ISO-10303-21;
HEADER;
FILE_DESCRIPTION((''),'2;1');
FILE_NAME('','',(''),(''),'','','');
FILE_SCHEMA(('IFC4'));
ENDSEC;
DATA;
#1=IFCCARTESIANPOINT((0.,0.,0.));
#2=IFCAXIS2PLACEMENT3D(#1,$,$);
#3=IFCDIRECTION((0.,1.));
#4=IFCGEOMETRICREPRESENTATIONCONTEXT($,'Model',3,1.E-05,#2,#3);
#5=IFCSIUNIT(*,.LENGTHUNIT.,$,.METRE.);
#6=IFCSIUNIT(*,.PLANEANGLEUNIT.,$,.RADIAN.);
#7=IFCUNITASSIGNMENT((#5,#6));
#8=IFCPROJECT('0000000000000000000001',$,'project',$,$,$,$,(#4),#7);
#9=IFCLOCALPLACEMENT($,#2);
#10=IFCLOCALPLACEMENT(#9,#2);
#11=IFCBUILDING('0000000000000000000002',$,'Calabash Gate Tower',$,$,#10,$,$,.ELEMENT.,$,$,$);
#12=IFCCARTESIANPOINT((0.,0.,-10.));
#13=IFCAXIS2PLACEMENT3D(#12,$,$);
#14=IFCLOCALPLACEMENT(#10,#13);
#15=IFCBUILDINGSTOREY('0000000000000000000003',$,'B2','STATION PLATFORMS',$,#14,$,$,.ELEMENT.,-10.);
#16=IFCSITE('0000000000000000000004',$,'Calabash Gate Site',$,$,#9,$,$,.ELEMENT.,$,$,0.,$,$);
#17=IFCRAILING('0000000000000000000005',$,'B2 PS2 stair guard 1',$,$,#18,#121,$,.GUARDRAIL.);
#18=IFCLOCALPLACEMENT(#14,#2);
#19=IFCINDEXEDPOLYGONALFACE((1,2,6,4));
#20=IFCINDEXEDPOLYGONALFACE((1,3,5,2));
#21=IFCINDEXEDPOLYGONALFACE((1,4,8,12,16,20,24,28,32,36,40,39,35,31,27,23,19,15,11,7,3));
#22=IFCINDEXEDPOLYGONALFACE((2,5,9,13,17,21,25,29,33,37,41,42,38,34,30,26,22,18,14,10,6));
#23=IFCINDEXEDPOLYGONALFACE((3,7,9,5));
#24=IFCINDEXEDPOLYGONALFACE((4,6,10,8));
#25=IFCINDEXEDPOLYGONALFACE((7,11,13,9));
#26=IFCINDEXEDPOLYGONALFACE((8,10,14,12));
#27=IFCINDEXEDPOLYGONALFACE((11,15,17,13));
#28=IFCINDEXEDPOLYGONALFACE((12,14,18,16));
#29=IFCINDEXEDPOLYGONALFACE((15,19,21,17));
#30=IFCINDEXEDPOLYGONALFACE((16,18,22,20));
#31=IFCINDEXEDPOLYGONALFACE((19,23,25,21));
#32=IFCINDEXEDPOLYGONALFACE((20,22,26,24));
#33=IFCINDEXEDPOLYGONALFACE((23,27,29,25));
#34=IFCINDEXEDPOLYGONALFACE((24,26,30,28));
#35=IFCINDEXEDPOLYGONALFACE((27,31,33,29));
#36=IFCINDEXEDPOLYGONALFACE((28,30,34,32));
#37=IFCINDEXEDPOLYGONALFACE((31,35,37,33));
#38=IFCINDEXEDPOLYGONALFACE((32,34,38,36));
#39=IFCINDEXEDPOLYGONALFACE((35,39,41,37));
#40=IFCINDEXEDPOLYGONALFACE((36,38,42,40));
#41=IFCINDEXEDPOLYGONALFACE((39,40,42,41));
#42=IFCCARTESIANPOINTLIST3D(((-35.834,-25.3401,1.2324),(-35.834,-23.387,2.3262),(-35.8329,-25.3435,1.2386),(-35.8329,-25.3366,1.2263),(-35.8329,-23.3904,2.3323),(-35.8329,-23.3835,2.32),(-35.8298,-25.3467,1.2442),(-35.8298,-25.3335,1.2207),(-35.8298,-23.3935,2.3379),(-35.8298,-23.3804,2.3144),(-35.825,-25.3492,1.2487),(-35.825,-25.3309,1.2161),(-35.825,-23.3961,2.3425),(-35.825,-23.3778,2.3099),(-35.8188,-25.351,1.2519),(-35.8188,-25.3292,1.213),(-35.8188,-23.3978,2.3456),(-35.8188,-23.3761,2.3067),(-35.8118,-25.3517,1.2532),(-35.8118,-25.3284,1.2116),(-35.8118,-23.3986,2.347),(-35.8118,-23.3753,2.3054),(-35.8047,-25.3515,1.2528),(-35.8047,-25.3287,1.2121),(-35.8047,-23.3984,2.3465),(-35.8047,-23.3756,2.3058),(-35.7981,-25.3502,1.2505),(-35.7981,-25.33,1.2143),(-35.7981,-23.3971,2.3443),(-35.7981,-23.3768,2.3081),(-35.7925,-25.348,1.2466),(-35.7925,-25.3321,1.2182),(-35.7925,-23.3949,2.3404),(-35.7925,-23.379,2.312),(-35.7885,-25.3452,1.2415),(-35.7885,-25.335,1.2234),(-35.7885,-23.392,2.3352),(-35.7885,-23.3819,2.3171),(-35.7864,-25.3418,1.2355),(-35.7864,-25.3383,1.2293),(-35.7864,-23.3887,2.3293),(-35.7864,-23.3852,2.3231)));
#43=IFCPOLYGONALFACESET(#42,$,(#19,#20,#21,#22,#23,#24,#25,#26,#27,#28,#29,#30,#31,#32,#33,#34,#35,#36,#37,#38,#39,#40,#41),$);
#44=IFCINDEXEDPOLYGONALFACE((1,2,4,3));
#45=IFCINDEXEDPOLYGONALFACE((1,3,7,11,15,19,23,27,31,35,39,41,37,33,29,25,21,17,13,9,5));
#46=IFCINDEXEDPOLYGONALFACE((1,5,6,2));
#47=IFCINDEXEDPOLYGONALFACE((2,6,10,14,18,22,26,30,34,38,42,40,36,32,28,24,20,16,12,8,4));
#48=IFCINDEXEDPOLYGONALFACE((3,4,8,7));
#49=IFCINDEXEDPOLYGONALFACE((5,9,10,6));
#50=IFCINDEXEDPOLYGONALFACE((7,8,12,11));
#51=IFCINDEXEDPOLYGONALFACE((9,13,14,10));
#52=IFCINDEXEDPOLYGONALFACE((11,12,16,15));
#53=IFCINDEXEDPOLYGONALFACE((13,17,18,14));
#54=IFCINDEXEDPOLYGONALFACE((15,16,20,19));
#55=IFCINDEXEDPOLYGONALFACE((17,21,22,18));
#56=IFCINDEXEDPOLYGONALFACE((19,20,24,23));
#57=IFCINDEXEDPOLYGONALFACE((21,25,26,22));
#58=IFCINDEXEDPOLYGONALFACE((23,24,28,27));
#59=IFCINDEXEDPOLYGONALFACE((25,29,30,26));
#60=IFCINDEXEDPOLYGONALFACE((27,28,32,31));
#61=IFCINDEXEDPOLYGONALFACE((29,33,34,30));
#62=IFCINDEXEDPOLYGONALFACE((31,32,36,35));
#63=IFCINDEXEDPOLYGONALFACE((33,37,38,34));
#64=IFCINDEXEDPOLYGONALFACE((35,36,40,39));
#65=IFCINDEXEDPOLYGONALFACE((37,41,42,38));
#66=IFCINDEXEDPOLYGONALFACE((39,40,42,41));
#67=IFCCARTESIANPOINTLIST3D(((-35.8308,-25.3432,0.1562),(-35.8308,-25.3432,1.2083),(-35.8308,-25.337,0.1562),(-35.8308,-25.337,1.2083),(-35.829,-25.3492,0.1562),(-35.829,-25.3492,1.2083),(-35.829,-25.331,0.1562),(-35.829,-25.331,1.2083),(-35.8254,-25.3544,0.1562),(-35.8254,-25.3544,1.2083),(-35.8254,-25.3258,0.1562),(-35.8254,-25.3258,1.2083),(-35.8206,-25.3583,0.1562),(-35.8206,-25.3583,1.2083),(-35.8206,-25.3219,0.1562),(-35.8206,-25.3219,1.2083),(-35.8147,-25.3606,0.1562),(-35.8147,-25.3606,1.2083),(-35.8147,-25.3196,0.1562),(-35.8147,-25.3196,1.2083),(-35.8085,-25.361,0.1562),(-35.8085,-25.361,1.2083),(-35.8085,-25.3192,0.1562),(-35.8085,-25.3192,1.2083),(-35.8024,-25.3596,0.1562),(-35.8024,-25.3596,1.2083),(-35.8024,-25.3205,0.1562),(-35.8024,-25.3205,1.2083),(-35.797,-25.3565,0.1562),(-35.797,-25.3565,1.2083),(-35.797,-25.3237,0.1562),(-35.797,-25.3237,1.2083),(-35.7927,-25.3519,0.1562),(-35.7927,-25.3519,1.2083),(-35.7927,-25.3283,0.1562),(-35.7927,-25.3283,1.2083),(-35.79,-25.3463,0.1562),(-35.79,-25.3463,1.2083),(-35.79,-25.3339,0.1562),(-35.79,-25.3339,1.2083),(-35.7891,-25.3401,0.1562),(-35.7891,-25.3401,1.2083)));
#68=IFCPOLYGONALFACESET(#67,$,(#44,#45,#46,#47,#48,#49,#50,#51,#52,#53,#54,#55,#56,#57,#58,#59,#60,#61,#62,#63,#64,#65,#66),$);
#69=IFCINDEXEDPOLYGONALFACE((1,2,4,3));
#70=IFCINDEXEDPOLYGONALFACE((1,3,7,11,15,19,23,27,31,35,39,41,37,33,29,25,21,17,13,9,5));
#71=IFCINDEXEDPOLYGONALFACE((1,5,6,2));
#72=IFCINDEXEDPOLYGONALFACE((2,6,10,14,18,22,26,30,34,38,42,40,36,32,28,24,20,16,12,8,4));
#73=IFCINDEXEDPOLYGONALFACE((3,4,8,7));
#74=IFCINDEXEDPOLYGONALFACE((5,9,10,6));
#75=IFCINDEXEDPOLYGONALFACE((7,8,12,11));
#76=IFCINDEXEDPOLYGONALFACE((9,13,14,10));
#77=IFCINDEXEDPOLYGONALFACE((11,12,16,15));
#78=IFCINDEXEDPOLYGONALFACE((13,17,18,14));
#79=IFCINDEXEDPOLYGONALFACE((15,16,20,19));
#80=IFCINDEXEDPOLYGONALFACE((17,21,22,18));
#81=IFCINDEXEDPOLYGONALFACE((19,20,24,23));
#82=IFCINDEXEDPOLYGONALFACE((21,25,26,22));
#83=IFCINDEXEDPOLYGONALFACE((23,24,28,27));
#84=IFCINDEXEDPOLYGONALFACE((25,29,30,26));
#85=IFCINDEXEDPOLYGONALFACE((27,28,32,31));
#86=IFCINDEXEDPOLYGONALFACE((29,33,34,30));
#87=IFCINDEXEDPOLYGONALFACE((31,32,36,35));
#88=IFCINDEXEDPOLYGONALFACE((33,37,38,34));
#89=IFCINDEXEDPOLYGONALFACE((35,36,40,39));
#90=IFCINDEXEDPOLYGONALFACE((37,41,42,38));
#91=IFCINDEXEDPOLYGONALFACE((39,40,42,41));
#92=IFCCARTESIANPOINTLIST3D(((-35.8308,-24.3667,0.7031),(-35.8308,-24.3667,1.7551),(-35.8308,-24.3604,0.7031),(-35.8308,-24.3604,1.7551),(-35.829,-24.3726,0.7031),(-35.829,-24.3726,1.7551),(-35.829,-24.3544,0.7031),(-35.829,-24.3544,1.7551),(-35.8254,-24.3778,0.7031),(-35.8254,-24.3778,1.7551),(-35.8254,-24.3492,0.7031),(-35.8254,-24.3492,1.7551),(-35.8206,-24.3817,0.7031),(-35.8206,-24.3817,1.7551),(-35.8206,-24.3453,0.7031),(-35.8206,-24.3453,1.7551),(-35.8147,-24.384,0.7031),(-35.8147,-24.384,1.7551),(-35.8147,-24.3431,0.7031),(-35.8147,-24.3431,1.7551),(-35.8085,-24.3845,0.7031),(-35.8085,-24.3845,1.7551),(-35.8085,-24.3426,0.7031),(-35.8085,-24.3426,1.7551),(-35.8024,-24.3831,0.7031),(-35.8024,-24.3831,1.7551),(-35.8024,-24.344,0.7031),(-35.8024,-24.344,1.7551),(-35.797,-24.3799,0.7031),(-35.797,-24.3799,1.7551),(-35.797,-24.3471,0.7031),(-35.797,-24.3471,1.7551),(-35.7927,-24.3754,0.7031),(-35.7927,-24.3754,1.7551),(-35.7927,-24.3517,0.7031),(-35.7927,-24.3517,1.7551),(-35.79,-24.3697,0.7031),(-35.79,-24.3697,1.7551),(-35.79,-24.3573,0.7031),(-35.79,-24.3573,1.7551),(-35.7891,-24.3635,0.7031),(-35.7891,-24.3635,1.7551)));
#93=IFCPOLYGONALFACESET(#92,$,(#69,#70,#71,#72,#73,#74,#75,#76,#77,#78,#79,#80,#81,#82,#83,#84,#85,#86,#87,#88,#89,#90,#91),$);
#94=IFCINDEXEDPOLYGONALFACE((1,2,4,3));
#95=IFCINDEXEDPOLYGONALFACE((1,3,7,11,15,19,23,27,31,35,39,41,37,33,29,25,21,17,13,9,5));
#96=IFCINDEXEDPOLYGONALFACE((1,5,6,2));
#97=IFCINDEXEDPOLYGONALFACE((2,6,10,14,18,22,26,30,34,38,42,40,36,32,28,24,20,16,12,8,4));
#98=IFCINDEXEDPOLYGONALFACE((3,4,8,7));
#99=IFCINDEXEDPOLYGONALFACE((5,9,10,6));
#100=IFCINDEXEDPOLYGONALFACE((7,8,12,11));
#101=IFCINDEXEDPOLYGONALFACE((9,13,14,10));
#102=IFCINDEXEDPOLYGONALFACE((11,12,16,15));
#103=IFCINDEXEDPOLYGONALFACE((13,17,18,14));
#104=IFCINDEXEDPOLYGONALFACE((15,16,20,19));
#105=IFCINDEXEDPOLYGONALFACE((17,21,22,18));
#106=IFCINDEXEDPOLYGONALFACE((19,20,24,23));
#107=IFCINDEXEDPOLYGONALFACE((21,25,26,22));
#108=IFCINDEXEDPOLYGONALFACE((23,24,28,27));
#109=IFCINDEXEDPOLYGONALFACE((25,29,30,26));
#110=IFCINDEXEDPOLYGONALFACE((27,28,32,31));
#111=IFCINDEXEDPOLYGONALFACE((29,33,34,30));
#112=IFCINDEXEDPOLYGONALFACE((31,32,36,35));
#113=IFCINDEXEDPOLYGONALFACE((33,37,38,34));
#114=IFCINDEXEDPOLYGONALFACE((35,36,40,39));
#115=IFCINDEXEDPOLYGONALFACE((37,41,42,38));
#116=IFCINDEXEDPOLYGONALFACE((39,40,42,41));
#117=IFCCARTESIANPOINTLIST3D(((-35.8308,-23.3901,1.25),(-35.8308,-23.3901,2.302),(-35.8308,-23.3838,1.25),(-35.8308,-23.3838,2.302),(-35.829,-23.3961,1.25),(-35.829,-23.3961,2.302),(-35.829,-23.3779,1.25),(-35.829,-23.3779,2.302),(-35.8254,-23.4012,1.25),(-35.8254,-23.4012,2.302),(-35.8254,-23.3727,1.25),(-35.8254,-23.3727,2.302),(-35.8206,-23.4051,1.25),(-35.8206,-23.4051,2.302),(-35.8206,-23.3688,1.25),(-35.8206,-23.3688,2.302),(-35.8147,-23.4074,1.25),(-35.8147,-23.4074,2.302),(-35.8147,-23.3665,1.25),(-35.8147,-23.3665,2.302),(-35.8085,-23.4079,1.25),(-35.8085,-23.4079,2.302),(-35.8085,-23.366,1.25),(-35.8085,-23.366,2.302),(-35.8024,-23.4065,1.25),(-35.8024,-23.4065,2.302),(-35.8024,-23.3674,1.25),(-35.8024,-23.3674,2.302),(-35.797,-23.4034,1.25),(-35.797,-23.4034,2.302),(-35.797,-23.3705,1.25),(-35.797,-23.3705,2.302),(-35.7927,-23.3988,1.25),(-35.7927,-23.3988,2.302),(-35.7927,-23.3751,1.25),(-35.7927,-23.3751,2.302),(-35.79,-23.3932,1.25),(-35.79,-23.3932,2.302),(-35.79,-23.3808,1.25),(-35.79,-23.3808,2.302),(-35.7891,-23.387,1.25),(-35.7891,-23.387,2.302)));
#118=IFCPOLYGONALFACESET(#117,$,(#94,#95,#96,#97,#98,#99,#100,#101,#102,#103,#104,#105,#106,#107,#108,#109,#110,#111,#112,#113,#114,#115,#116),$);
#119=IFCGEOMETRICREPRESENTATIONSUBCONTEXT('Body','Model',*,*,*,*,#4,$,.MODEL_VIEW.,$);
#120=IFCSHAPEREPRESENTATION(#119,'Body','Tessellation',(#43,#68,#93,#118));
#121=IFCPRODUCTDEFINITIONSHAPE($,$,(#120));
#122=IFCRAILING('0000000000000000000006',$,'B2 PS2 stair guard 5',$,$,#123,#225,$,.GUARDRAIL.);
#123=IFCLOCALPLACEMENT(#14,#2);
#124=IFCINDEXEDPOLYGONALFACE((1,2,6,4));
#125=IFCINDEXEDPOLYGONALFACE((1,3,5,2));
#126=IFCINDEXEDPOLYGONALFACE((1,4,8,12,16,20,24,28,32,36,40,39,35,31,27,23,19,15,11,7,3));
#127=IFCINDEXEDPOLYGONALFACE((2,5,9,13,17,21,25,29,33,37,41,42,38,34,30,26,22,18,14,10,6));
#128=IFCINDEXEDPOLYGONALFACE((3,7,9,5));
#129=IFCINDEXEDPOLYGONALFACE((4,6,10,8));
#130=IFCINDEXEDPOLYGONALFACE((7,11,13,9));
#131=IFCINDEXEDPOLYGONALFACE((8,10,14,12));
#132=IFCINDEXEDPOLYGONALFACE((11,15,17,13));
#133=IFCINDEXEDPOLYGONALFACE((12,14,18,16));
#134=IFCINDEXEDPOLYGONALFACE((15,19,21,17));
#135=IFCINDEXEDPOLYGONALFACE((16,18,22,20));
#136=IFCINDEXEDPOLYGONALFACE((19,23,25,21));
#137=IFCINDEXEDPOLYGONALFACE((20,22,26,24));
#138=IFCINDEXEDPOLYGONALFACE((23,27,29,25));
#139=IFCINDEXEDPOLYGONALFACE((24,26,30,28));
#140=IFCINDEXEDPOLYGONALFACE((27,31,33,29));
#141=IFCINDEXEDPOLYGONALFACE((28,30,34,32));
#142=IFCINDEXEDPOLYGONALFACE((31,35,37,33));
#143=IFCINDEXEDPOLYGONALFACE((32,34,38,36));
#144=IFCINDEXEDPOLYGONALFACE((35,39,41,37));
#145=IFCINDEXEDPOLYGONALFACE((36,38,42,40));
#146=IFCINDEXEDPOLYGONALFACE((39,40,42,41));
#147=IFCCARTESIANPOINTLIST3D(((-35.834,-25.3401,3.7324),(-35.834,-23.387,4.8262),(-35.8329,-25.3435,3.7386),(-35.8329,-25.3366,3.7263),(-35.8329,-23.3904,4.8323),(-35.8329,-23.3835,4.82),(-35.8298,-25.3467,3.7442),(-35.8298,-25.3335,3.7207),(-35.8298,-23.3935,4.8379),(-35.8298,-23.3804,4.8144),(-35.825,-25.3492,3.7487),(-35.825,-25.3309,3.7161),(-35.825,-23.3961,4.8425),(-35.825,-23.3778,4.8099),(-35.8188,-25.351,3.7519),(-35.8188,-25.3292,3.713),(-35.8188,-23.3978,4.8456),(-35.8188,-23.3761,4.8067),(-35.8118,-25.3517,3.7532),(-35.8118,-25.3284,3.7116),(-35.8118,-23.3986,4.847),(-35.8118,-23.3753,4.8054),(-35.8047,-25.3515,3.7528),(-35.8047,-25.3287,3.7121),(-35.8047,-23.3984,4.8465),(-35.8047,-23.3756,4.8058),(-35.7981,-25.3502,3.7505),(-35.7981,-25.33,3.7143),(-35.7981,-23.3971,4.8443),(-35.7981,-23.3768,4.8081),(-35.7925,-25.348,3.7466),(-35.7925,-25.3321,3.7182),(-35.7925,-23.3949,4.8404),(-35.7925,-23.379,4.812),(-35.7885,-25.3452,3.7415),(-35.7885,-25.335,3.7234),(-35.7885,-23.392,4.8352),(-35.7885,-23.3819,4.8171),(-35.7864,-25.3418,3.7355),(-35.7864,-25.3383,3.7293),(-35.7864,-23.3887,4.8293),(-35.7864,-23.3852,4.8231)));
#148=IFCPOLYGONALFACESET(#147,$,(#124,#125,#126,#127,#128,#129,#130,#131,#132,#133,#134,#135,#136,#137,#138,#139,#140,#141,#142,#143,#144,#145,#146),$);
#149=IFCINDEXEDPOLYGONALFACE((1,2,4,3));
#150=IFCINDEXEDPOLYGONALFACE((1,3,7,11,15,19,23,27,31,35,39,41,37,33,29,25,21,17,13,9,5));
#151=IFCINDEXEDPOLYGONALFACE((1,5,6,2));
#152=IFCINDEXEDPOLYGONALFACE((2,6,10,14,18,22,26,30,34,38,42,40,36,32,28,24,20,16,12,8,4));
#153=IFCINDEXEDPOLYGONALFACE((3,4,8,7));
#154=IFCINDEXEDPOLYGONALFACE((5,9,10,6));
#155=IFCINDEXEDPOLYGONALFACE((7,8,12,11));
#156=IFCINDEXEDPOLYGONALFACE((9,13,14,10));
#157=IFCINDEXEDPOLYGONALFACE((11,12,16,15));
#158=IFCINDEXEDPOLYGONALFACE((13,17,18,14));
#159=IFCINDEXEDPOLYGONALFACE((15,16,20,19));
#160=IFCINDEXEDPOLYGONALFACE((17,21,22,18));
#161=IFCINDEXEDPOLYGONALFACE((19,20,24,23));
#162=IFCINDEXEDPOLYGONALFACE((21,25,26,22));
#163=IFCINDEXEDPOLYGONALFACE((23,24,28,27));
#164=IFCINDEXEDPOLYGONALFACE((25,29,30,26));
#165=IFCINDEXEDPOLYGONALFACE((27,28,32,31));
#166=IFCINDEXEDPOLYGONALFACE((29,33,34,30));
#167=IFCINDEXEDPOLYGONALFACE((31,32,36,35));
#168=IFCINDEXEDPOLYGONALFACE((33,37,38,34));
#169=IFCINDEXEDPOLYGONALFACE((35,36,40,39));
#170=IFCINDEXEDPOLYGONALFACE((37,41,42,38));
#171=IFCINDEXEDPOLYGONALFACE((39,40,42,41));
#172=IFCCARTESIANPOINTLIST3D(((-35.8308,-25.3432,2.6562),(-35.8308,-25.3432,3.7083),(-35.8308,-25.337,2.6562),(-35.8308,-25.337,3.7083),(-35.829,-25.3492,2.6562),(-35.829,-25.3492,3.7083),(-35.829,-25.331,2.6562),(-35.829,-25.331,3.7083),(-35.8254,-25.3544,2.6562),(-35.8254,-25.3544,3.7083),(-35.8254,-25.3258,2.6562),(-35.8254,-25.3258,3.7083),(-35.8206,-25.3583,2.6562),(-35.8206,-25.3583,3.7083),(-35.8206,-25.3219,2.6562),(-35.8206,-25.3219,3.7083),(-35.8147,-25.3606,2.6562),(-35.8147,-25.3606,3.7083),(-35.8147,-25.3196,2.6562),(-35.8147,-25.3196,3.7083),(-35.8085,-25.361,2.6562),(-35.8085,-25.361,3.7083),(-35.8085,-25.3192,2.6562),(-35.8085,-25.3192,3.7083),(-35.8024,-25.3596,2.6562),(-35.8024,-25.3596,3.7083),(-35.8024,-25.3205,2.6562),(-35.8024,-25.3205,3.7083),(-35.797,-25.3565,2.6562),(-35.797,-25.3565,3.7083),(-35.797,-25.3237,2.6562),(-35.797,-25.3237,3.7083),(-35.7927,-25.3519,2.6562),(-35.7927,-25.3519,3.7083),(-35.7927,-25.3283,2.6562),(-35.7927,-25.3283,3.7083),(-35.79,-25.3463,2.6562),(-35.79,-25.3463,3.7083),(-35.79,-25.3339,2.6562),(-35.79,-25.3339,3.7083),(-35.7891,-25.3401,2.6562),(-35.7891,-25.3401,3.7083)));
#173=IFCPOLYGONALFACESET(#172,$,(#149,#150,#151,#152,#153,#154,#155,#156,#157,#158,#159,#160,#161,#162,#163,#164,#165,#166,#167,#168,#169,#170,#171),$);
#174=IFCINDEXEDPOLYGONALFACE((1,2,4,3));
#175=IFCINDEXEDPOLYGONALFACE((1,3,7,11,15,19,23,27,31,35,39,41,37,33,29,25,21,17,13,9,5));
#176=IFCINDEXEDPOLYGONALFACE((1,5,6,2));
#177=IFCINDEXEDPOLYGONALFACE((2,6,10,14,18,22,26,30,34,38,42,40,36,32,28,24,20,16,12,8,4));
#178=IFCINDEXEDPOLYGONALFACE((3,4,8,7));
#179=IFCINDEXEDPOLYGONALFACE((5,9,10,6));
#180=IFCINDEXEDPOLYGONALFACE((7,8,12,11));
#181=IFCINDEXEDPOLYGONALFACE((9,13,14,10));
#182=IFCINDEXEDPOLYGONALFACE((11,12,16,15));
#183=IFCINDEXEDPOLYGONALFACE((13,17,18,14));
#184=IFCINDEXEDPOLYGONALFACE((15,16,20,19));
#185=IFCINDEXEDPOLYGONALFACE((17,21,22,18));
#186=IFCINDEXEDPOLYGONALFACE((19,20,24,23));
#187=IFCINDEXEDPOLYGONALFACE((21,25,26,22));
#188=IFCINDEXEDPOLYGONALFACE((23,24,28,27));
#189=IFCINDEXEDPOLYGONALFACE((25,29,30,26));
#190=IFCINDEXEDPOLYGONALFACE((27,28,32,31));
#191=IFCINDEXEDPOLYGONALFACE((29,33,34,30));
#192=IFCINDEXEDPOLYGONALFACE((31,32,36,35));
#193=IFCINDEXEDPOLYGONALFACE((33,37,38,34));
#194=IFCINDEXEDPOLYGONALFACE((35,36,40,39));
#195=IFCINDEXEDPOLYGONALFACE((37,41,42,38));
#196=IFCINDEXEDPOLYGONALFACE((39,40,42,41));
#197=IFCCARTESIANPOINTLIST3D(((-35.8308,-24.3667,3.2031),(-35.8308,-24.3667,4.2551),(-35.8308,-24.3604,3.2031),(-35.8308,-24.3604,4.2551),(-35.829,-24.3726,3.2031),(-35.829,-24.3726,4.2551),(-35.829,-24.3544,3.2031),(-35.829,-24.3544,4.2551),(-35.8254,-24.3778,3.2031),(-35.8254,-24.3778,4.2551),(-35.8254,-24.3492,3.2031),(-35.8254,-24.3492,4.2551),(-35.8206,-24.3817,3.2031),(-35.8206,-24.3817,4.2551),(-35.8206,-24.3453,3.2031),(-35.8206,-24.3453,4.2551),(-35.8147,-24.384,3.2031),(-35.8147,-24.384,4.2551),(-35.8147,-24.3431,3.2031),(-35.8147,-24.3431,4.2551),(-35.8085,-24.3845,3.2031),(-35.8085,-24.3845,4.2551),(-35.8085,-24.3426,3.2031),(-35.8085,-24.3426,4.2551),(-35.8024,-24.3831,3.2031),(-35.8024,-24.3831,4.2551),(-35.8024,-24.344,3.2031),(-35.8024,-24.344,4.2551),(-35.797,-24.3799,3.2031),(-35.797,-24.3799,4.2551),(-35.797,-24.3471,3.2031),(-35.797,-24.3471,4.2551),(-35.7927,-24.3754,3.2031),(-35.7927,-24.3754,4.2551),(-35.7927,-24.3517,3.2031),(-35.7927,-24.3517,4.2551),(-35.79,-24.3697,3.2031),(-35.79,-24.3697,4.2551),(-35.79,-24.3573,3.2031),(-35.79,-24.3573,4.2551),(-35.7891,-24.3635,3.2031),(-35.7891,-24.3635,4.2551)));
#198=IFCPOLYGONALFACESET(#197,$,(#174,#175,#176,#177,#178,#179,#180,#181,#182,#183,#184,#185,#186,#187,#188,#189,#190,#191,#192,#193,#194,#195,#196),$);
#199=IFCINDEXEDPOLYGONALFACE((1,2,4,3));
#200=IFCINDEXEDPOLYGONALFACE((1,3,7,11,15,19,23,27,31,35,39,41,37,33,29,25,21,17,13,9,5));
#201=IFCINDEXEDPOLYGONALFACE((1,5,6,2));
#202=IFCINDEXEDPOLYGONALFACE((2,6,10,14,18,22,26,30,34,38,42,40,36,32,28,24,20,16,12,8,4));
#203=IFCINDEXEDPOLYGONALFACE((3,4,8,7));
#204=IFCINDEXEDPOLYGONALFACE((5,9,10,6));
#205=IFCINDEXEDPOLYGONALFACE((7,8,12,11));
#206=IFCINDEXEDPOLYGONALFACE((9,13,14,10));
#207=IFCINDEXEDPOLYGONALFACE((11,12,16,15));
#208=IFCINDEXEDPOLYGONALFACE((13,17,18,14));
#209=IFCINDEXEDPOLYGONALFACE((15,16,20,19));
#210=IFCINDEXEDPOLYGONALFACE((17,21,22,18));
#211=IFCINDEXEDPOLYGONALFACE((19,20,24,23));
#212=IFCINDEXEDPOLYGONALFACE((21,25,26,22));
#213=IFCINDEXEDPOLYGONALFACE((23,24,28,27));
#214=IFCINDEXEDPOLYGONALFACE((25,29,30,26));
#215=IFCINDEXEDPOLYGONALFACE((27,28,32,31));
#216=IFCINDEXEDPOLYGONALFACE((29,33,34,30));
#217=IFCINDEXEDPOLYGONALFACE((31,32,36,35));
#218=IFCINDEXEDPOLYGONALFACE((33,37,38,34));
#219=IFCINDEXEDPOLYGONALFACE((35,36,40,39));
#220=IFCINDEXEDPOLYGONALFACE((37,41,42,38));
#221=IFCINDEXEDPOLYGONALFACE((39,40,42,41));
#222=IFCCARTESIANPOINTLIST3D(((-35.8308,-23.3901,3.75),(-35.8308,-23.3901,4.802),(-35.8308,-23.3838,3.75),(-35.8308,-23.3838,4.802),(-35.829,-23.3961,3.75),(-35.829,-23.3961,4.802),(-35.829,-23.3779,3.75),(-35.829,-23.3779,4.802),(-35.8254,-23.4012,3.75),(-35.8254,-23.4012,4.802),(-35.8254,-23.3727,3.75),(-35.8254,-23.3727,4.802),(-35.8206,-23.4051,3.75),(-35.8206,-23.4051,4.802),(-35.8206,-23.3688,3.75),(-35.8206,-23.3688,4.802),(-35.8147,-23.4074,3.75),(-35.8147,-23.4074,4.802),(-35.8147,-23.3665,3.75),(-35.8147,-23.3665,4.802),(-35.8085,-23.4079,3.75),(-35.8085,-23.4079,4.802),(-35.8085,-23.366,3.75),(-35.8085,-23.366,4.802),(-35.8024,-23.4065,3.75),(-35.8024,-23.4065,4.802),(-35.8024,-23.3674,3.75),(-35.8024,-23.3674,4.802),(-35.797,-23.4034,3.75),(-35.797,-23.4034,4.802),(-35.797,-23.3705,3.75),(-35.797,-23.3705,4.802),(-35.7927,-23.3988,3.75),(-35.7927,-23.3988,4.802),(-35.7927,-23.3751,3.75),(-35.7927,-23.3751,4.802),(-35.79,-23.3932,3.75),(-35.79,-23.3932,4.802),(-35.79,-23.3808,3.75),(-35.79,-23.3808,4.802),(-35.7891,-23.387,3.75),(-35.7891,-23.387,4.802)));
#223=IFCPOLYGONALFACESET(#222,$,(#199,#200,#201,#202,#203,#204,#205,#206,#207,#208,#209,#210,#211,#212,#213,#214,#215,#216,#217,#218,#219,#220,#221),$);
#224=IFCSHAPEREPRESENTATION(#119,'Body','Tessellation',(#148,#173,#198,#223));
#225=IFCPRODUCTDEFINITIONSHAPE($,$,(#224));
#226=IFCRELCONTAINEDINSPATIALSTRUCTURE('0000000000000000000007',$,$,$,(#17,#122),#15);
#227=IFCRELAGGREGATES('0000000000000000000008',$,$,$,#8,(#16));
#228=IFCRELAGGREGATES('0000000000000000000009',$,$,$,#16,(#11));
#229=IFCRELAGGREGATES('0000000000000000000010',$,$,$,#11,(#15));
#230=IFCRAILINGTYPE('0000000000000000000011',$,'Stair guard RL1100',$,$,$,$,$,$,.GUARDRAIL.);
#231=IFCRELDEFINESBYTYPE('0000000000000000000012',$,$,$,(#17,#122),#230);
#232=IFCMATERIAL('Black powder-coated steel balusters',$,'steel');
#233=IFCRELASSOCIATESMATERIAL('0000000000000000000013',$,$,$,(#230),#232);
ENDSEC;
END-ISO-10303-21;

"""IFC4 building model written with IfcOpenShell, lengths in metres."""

from ifc_helpers import new_model, si_unit, direction, frame, origin, origin_2d, place, context, subcontext, project, spatial, circle, extrude, material, type_object, element, save


model = new_model("IFC4")

# Units and contexts
model_context = context("Model", 3, precision=1e-05, world=origin(), true_north=direction((0.0, 1.0)))
body_context = subcontext(model_context, "Body", "Model", "MODEL_VIEW")
ifc_project = project(units=[si_unit("LENGTHUNIT", "METRE"), si_unit("PLANEANGLEUNIT", "RADIAN")], contexts=[model_context])

# Site, building, storey
site_placement = place(None, origin())
site = spatial("IfcSite", under=ifc_project, at=site_placement, Name="Calabash Gate Site", CompositionType="ELEMENT", RefElevation=0.0)
building_placement = place(site_placement, origin())
building = spatial("IfcBuilding", under=site, at=building_placement, Name="Calabash Gate Tower", CompositionType="ELEMENT")
storey_placement = place(building_placement, frame((0.0, 0.0, -10.0)))
storey = spatial("IfcBuildingStorey", under=building, at=storey_placement, Name="B2", Description="STATION PLATFORMS", CompositionType="ELEMENT", Elevation=-10.0)

# Railings
ifc_material_1 = material(Name="Black powder-coated steel balusters", Category="steel")
railing_type_1 = type_object("IfcRailingType", Name="Stair guard RL1100", PredefinedType="GUARDRAIL", material=ifc_material_1)
for number, where, name in (
    (1, (-35.8101, -25.3401, 0.1562), "B2 PS2 stair guard 1"),
    (2, (-35.8101, -25.3401, 2.6562), "B2 PS2 stair guard 5"),
):
    element("IfcRailing", number, at=place(storey_placement, frame(where)), inside=storey, type_object=railing_type_1, Name=name, PredefinedType="GUARDRAIL", context=body_context, shape_type="SweptSolid", body=[
        extrude(circle(Radius=0.0239, at=origin_2d()), frame((0.0, 0.0, 1.0762), z_axis=(0.0, 0.872506, 0.488603), x_axis=(-1.0, 0.0, 0.0)), (0.0, 0.0, 1.0), 2.2385),
        extrude(circle(Radius=0.021, at=origin_2d()), origin(), (0.0, 0.0, 1.0), 1.052),
        extrude(circle(Radius=0.021, at=origin_2d()), frame((0.0, 0.9766, 0.5469)), (0.0, 0.0, 1.0), 1.052),
        extrude(circle(Radius=0.021, at=origin_2d()), frame((0.0, 1.9531, 1.0938)), (0.0, 0.0, 1.0), 1.052),
    ])

save(model, "model.ifc")
